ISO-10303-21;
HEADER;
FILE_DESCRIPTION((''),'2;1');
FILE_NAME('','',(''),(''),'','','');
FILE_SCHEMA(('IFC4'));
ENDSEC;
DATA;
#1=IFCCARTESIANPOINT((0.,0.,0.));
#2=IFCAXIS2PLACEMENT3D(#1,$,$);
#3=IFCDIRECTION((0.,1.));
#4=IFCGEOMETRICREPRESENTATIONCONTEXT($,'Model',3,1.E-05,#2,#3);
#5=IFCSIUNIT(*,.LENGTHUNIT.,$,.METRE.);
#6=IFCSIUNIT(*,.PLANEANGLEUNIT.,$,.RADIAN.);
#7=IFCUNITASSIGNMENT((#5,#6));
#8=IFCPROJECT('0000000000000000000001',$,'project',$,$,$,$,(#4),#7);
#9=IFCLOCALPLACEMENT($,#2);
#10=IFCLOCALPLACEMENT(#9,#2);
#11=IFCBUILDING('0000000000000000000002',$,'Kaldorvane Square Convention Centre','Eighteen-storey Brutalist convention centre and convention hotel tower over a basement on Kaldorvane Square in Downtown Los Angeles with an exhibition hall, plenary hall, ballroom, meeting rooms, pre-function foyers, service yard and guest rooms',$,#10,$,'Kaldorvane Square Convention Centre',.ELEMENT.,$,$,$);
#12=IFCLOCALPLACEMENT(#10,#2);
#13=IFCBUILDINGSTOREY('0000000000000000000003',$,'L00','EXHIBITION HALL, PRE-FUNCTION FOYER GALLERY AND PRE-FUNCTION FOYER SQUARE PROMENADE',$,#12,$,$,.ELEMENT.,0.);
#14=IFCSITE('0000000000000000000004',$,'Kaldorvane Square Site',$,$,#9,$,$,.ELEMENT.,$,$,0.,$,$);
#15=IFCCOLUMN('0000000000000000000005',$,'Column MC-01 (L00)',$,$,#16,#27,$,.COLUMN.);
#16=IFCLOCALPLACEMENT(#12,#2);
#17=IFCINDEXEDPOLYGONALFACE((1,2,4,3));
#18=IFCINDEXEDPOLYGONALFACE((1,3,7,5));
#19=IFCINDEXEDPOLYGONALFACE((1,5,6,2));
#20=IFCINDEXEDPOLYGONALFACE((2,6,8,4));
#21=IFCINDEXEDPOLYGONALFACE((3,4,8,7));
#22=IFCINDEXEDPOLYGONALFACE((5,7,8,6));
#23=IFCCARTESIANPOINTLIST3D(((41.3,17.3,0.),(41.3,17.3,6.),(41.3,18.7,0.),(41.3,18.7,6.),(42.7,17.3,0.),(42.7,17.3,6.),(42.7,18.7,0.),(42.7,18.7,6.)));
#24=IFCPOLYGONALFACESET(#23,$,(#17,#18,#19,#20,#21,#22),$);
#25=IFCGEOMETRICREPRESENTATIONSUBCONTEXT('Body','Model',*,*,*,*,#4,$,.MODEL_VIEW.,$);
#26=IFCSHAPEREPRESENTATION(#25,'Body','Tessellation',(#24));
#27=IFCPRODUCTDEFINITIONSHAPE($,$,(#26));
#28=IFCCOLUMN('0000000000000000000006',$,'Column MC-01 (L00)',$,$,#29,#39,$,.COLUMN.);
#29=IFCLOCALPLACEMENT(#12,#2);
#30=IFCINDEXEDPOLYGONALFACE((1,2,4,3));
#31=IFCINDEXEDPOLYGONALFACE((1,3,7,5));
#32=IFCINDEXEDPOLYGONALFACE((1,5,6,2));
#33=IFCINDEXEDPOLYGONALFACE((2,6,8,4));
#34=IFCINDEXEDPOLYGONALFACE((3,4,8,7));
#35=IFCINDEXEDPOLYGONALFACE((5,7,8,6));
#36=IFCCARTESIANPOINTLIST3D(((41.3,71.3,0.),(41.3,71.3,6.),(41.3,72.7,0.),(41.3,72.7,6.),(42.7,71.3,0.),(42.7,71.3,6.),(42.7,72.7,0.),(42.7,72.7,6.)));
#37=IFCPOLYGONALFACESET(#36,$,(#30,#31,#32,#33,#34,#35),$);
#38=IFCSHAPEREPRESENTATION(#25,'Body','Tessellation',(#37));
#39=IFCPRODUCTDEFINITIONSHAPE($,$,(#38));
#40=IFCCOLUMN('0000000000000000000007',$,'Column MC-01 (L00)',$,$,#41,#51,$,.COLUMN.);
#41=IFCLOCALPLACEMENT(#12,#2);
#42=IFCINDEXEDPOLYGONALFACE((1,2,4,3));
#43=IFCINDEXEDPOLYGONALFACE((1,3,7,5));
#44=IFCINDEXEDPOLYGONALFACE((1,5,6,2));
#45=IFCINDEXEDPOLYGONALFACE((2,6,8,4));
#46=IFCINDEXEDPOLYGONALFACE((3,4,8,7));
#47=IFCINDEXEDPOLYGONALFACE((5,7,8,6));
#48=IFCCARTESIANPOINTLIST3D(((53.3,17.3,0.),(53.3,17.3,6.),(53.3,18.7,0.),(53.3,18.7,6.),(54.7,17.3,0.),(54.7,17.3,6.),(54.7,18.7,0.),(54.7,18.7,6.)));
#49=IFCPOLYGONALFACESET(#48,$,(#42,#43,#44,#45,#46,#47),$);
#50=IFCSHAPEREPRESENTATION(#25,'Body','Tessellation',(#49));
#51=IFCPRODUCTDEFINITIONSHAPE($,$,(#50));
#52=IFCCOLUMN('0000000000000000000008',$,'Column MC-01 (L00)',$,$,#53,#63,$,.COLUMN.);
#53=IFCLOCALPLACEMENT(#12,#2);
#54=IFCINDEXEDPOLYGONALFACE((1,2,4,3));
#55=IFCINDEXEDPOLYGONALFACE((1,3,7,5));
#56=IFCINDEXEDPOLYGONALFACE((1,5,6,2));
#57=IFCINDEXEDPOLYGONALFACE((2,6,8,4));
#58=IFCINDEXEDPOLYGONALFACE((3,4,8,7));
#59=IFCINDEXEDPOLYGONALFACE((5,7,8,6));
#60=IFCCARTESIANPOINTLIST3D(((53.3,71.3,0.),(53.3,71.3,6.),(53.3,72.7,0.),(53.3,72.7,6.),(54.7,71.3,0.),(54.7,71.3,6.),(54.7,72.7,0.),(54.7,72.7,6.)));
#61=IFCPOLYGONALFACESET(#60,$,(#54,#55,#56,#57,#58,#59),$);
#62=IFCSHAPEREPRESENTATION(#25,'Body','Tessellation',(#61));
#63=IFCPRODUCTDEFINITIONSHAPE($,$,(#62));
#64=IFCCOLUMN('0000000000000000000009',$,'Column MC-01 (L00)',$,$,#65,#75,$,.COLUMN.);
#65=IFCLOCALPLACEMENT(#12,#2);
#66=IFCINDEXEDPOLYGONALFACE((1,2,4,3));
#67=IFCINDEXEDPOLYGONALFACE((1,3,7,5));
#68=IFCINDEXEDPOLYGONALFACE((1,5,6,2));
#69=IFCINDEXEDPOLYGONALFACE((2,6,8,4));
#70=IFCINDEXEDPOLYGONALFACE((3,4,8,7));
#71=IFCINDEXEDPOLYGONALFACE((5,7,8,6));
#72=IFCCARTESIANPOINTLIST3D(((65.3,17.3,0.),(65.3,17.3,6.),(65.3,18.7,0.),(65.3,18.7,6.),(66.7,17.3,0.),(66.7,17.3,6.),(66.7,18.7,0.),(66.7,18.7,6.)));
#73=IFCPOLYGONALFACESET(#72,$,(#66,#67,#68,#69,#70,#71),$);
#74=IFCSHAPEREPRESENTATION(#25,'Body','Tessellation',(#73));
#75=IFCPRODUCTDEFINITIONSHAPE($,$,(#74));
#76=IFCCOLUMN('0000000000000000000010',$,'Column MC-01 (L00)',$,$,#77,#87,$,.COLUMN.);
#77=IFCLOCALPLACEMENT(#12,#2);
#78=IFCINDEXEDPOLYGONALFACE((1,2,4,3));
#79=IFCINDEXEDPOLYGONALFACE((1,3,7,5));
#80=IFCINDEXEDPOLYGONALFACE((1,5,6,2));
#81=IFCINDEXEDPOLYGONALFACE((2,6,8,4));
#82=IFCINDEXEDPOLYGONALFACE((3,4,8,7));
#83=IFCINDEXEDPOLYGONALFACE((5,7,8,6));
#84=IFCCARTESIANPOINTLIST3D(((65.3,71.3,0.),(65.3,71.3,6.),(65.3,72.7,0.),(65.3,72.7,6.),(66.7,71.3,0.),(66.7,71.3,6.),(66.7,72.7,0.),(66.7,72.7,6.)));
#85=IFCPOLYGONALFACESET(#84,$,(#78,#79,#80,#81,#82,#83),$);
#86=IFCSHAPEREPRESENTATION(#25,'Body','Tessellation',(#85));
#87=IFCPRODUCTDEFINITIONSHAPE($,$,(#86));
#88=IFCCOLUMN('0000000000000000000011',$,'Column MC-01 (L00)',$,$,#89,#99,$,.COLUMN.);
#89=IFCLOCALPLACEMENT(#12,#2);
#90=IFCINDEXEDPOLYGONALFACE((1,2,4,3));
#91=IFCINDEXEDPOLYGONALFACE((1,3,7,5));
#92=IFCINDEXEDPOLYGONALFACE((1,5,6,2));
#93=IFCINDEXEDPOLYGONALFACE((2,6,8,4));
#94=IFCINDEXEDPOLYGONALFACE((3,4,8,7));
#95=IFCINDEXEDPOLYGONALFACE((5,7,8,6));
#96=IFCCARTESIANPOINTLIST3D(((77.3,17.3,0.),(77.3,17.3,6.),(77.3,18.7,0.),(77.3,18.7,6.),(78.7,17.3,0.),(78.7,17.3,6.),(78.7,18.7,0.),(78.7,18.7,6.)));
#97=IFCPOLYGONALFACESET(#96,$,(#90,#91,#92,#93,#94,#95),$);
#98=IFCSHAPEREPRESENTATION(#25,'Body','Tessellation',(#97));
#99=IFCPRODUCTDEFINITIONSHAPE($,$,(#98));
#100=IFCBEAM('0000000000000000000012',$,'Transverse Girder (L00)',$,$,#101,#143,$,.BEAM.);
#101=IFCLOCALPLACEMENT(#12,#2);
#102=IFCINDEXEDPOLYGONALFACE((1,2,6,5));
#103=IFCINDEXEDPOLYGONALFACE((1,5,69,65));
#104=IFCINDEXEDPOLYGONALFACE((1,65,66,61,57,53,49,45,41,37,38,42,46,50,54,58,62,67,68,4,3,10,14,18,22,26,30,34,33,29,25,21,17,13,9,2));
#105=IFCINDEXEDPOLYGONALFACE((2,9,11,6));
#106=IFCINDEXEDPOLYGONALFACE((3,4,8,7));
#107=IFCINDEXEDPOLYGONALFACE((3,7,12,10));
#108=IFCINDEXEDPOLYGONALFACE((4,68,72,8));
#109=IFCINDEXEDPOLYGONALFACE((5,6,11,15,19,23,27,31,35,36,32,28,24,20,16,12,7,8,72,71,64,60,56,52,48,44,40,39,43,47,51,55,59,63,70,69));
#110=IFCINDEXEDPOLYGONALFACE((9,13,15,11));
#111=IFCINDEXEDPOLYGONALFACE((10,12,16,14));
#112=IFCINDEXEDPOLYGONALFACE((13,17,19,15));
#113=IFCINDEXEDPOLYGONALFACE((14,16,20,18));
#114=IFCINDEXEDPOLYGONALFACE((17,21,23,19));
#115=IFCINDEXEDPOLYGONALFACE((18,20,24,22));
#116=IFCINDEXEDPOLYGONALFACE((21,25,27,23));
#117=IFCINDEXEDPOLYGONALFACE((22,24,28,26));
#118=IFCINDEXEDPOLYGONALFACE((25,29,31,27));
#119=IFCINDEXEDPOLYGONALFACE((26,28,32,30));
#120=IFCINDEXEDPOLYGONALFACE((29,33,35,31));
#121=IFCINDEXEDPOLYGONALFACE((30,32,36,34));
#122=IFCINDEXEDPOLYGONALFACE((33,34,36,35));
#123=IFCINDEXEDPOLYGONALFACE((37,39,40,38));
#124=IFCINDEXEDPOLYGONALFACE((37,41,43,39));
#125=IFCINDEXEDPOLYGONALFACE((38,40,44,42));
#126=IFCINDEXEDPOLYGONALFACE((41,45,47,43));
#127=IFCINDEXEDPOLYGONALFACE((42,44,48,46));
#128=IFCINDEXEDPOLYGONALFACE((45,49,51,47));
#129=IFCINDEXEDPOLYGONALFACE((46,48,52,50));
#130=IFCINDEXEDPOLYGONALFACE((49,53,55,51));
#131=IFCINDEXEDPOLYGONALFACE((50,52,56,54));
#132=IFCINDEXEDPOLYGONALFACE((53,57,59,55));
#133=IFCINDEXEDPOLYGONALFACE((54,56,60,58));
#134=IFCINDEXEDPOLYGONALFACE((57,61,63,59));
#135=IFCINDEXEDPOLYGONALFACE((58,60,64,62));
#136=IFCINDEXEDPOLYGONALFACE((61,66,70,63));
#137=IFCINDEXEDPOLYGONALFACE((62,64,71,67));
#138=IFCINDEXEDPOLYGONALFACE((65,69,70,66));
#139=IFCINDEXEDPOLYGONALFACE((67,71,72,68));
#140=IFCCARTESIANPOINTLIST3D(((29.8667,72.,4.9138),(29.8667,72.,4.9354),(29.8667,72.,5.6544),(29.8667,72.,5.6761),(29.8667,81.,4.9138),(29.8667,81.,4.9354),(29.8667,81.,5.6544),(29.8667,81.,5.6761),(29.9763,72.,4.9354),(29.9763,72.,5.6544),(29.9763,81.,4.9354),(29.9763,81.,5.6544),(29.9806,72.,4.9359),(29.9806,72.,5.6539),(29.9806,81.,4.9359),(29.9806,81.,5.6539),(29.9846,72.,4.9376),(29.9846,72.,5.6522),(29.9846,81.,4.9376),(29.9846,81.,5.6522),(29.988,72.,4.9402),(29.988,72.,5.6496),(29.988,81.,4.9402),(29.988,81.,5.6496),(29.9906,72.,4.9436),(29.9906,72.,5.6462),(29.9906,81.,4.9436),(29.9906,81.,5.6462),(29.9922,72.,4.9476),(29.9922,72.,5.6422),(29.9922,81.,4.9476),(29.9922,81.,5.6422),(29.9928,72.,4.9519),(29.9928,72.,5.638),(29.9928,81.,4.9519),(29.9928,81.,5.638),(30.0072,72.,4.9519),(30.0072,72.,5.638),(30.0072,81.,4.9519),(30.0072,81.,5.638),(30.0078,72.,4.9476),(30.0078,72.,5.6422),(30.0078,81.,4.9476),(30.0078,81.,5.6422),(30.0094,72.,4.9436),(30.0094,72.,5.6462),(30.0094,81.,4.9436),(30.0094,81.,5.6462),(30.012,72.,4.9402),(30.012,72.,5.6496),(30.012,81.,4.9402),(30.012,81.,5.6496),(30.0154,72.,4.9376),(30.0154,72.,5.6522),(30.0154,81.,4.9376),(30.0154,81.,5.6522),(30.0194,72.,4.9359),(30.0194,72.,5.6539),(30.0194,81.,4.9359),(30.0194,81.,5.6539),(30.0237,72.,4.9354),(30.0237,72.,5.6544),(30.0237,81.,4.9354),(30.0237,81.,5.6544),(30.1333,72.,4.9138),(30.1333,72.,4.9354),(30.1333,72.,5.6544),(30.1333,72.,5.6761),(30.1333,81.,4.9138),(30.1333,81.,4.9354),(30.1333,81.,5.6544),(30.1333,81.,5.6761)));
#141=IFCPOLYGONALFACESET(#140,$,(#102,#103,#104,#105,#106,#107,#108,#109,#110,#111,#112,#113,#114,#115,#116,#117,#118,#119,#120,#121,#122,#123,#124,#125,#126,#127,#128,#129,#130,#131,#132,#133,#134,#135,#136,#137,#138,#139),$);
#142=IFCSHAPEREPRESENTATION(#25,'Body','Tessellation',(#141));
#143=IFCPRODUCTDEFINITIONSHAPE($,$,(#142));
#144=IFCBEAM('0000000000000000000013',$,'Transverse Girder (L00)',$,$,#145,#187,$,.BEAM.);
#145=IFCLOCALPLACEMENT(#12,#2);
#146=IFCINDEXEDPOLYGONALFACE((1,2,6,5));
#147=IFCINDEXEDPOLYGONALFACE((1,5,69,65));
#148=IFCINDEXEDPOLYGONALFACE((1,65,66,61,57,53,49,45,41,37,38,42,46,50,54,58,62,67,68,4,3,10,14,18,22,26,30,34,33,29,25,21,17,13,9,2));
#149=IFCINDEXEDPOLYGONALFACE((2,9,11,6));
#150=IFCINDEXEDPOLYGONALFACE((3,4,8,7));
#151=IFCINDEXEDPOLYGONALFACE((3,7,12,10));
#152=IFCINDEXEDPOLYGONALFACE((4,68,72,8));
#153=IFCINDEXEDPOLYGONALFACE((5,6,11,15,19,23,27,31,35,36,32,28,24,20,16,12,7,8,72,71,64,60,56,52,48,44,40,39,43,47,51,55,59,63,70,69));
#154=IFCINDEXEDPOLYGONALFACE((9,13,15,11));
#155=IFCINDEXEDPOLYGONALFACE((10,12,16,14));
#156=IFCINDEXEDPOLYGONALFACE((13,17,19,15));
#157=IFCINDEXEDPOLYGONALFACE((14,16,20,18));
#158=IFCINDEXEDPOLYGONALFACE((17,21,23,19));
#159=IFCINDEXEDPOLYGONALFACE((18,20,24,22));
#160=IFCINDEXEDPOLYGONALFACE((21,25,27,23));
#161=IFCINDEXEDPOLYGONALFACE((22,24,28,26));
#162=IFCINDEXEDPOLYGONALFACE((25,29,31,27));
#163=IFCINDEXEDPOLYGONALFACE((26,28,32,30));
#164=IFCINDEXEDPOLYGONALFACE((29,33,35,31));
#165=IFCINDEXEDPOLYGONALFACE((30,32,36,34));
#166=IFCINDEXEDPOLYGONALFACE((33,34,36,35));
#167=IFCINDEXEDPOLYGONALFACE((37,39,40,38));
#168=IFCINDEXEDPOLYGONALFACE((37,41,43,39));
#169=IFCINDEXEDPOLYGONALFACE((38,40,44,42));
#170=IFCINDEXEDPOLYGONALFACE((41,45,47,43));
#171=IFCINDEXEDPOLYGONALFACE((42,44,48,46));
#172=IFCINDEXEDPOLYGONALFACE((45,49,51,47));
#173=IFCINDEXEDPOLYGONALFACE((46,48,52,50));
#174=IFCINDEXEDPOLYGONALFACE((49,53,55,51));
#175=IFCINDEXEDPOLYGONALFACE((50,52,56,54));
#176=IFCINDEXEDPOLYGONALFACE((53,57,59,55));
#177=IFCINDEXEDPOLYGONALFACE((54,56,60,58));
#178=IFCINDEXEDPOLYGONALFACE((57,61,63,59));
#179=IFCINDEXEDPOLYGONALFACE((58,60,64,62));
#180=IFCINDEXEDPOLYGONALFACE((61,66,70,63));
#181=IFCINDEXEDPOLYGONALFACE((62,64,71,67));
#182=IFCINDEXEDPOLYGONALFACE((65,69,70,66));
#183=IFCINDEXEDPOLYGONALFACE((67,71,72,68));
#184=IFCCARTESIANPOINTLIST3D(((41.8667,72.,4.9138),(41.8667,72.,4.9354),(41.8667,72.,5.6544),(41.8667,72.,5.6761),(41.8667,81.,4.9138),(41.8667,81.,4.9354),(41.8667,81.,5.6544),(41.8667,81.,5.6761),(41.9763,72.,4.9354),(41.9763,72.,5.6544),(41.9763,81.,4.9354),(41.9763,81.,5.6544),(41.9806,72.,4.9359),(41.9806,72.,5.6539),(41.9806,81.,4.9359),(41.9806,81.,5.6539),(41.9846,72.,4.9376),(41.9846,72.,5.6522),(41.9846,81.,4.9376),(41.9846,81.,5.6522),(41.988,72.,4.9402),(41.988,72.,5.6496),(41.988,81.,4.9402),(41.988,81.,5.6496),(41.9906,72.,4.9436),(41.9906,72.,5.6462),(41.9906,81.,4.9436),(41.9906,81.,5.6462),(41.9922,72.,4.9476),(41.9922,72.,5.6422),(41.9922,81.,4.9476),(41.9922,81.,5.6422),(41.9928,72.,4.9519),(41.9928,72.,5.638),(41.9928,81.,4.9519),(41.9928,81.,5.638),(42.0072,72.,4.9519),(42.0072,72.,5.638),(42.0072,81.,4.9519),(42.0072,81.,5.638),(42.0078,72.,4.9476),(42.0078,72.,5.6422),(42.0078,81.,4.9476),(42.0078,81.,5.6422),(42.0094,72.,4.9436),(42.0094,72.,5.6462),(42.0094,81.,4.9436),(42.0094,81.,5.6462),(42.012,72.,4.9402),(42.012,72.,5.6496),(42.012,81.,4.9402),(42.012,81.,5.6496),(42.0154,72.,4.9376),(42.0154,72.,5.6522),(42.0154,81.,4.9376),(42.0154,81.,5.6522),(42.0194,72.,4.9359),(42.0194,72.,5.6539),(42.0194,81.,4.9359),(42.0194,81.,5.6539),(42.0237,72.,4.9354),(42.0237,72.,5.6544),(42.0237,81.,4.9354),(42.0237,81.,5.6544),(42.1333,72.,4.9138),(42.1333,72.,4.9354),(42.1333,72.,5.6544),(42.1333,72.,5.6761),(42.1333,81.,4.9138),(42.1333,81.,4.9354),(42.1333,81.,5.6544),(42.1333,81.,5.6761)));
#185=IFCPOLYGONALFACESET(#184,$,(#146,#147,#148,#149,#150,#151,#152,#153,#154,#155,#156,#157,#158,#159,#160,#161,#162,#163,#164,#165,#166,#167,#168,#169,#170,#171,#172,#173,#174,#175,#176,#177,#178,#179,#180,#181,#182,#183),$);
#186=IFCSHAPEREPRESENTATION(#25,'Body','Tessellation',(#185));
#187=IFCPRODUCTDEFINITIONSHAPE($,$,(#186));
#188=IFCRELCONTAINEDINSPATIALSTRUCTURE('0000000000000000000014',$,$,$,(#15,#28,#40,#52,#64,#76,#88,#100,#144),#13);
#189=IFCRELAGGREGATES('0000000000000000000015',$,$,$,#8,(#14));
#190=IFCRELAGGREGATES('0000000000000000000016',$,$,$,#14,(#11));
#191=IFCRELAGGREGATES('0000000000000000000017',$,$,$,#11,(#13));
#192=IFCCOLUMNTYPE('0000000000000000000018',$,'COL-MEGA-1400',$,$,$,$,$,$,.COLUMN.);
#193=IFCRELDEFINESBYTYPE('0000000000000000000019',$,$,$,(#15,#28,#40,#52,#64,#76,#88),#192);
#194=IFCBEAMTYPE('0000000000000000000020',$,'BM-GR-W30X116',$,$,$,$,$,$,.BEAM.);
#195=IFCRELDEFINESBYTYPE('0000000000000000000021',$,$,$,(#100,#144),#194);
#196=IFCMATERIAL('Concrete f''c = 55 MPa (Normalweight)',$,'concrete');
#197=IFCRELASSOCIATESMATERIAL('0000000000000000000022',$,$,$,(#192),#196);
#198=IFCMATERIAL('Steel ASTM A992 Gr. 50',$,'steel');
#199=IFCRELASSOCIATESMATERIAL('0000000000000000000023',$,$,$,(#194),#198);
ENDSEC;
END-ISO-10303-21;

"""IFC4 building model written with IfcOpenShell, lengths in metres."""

from ifc_helpers import new_model, si_unit, direction, frame, origin, origin_2d, place, context, subcontext, project, spatial, rectangle, i_section, extrude, material, material_profile, profile_set, type_object, element, save


model = new_model("IFC4")

# Units and contexts
model_context = context("Model", 3, precision=1e-05, world=origin(), true_north=direction((0.0, 1.0)))
body_context = subcontext(model_context, "Body", "Model", "MODEL_VIEW")
ifc_project = project(units=[si_unit("LENGTHUNIT", "METRE"), si_unit("PLANEANGLEUNIT", "RADIAN")], contexts=[model_context])

# Site, building, storey
site_placement = place(None, origin())
site = spatial("IfcSite", under=ifc_project, at=site_placement, Name="Kaldorvane Square Site", CompositionType="ELEMENT", RefElevation=0.0)
building_placement = place(site_placement, origin())
building = spatial("IfcBuilding", under=site, at=building_placement, Name="Kaldorvane Square Convention Centre", Description="Eighteen-storey Brutalist convention centre and convention hotel tower over a basement on Kaldorvane Square in Downtown Los Angeles with an exhibition hall, plenary hall, ballroom, meeting rooms, pre-function foyers, service yard and guest rooms", LongName="Kaldorvane Square Convention Centre", CompositionType="ELEMENT")
storey_placement = place(building_placement, origin())
storey = spatial("IfcBuildingStorey", under=building, at=storey_placement, Name="L00", Description="EXHIBITION HALL, PRE-FUNCTION FOYER GALLERY AND PRE-FUNCTION FOYER SQUARE PROMENADE", CompositionType="ELEMENT", Elevation=0.0)

# Columns
ifc_material_1 = material(Name="Concrete f'c = 55 MPa (Normalweight)", Category="concrete")
ifc_material_profile_1 = material_profile(ifc_material_1, rectangle(XDim=1.4, YDim=1.4, at=origin_2d()), Name="RC1400X1400")
ifc_profile_set_1 = profile_set([ifc_material_profile_1], Name="Concrete f'c = 55 MPa (Normalweight)")
column_type = type_object("IfcColumnType", Name="COL-MEGA-1400", PredefinedType="COLUMN", material=ifc_profile_set_1)
for number, where, z_axis, x_axis, name in (
    (1, (42.0, 18.0, 0.0), (0.0, 0.0, 1.0), (1.0, 0.0, 0.0), "Column MC-01 (L00)"),
    (2, (42.0, 72.0, 0.0), (0.0, 0.0, 1.0), (1.0, 0.0, 0.0), "Column MC-01 (L00)"),
    (3, (54.0, 18.0, 0.0), (0.0, 0.0, 1.0), (1.0, 0.0, 0.0), "Column MC-01 (L00)"),
    (4, (54.0, 72.0, 0.0), (0.0, 0.0, 1.0), (1.0, 0.0, 0.0), "Column MC-01 (L00)"),
    (5, (66.0, 18.0, 0.0), (0.0, 0.0, 1.0), (1.0, 0.0, 0.0), "Column MC-01 (L00)"),
    (6, (66.0, 72.0, 0.0), (0.0, 0.0, 1.0), (1.0, 0.0, 0.0), "Column MC-01 (L00)"),
    (7, (78.0, 18.0, 0.0), (0.0, 0.0, 1.0), (1.0, 0.0, 0.0), "Column MC-01 (L00)"),
):
    element("IfcColumn", number, at=place(storey_placement, frame(where, z_axis=z_axis, x_axis=x_axis)), inside=storey, type_object=column_type, Name=name, PredefinedType="COLUMN", context=body_context, shape_type="SweptSolid", body=[
        extrude(rectangle(XDim=1.4, YDim=1.4, at=origin_2d()), origin(), (0.0, 0.0, 1.0), 6.0),
    ])

# Beams
ifc_material_2 = material(Name="Steel ASTM A992 Gr. 50", Category="steel")
ifc_material_profile_2 = material_profile(ifc_material_2, i_section(OverallWidth=0.2666, OverallDepth=0.7623, WebThickness=0.0144, FlangeThickness=0.0216, FilletRadius=0.0165, at=origin_2d()), Name="W30X116")
ifc_profile_set_2 = profile_set([ifc_material_profile_2], Name="Steel ASTM A992 Gr. 50")
beam_type_1 = type_object("IfcBeamType", Name="BM-GR-W30X116", PredefinedType="BEAM", material=ifc_profile_set_2)
for number, where, z_axis, x_axis, name in (
    (8, (30.0, 72.0, 5.2949), (0.0, 1.0, 0.0), (-1.0, 0.0, 0.0), "Transverse Girder (L00)"),
    (9, (42.0, 72.0, 5.2949), (0.0, 1.0, 0.0), (-1.0, 0.0, 0.0), "Transverse Girder (L00)"),
):
    element("IfcBeam", number, at=place(storey_placement, frame(where, z_axis=z_axis, x_axis=x_axis)), inside=storey, type_object=beam_type_1, Name=name, PredefinedType="BEAM", context=body_context, shape_type="SweptSolid", body=[
        extrude(i_section(OverallWidth=0.2666, OverallDepth=0.7623, WebThickness=0.0144, FlangeThickness=0.0216, FilletRadius=0.0165, at=origin_2d()), origin(), (0.0, 0.0, 1.0), 9.0),
    ])

save(model, "model.ifc")
